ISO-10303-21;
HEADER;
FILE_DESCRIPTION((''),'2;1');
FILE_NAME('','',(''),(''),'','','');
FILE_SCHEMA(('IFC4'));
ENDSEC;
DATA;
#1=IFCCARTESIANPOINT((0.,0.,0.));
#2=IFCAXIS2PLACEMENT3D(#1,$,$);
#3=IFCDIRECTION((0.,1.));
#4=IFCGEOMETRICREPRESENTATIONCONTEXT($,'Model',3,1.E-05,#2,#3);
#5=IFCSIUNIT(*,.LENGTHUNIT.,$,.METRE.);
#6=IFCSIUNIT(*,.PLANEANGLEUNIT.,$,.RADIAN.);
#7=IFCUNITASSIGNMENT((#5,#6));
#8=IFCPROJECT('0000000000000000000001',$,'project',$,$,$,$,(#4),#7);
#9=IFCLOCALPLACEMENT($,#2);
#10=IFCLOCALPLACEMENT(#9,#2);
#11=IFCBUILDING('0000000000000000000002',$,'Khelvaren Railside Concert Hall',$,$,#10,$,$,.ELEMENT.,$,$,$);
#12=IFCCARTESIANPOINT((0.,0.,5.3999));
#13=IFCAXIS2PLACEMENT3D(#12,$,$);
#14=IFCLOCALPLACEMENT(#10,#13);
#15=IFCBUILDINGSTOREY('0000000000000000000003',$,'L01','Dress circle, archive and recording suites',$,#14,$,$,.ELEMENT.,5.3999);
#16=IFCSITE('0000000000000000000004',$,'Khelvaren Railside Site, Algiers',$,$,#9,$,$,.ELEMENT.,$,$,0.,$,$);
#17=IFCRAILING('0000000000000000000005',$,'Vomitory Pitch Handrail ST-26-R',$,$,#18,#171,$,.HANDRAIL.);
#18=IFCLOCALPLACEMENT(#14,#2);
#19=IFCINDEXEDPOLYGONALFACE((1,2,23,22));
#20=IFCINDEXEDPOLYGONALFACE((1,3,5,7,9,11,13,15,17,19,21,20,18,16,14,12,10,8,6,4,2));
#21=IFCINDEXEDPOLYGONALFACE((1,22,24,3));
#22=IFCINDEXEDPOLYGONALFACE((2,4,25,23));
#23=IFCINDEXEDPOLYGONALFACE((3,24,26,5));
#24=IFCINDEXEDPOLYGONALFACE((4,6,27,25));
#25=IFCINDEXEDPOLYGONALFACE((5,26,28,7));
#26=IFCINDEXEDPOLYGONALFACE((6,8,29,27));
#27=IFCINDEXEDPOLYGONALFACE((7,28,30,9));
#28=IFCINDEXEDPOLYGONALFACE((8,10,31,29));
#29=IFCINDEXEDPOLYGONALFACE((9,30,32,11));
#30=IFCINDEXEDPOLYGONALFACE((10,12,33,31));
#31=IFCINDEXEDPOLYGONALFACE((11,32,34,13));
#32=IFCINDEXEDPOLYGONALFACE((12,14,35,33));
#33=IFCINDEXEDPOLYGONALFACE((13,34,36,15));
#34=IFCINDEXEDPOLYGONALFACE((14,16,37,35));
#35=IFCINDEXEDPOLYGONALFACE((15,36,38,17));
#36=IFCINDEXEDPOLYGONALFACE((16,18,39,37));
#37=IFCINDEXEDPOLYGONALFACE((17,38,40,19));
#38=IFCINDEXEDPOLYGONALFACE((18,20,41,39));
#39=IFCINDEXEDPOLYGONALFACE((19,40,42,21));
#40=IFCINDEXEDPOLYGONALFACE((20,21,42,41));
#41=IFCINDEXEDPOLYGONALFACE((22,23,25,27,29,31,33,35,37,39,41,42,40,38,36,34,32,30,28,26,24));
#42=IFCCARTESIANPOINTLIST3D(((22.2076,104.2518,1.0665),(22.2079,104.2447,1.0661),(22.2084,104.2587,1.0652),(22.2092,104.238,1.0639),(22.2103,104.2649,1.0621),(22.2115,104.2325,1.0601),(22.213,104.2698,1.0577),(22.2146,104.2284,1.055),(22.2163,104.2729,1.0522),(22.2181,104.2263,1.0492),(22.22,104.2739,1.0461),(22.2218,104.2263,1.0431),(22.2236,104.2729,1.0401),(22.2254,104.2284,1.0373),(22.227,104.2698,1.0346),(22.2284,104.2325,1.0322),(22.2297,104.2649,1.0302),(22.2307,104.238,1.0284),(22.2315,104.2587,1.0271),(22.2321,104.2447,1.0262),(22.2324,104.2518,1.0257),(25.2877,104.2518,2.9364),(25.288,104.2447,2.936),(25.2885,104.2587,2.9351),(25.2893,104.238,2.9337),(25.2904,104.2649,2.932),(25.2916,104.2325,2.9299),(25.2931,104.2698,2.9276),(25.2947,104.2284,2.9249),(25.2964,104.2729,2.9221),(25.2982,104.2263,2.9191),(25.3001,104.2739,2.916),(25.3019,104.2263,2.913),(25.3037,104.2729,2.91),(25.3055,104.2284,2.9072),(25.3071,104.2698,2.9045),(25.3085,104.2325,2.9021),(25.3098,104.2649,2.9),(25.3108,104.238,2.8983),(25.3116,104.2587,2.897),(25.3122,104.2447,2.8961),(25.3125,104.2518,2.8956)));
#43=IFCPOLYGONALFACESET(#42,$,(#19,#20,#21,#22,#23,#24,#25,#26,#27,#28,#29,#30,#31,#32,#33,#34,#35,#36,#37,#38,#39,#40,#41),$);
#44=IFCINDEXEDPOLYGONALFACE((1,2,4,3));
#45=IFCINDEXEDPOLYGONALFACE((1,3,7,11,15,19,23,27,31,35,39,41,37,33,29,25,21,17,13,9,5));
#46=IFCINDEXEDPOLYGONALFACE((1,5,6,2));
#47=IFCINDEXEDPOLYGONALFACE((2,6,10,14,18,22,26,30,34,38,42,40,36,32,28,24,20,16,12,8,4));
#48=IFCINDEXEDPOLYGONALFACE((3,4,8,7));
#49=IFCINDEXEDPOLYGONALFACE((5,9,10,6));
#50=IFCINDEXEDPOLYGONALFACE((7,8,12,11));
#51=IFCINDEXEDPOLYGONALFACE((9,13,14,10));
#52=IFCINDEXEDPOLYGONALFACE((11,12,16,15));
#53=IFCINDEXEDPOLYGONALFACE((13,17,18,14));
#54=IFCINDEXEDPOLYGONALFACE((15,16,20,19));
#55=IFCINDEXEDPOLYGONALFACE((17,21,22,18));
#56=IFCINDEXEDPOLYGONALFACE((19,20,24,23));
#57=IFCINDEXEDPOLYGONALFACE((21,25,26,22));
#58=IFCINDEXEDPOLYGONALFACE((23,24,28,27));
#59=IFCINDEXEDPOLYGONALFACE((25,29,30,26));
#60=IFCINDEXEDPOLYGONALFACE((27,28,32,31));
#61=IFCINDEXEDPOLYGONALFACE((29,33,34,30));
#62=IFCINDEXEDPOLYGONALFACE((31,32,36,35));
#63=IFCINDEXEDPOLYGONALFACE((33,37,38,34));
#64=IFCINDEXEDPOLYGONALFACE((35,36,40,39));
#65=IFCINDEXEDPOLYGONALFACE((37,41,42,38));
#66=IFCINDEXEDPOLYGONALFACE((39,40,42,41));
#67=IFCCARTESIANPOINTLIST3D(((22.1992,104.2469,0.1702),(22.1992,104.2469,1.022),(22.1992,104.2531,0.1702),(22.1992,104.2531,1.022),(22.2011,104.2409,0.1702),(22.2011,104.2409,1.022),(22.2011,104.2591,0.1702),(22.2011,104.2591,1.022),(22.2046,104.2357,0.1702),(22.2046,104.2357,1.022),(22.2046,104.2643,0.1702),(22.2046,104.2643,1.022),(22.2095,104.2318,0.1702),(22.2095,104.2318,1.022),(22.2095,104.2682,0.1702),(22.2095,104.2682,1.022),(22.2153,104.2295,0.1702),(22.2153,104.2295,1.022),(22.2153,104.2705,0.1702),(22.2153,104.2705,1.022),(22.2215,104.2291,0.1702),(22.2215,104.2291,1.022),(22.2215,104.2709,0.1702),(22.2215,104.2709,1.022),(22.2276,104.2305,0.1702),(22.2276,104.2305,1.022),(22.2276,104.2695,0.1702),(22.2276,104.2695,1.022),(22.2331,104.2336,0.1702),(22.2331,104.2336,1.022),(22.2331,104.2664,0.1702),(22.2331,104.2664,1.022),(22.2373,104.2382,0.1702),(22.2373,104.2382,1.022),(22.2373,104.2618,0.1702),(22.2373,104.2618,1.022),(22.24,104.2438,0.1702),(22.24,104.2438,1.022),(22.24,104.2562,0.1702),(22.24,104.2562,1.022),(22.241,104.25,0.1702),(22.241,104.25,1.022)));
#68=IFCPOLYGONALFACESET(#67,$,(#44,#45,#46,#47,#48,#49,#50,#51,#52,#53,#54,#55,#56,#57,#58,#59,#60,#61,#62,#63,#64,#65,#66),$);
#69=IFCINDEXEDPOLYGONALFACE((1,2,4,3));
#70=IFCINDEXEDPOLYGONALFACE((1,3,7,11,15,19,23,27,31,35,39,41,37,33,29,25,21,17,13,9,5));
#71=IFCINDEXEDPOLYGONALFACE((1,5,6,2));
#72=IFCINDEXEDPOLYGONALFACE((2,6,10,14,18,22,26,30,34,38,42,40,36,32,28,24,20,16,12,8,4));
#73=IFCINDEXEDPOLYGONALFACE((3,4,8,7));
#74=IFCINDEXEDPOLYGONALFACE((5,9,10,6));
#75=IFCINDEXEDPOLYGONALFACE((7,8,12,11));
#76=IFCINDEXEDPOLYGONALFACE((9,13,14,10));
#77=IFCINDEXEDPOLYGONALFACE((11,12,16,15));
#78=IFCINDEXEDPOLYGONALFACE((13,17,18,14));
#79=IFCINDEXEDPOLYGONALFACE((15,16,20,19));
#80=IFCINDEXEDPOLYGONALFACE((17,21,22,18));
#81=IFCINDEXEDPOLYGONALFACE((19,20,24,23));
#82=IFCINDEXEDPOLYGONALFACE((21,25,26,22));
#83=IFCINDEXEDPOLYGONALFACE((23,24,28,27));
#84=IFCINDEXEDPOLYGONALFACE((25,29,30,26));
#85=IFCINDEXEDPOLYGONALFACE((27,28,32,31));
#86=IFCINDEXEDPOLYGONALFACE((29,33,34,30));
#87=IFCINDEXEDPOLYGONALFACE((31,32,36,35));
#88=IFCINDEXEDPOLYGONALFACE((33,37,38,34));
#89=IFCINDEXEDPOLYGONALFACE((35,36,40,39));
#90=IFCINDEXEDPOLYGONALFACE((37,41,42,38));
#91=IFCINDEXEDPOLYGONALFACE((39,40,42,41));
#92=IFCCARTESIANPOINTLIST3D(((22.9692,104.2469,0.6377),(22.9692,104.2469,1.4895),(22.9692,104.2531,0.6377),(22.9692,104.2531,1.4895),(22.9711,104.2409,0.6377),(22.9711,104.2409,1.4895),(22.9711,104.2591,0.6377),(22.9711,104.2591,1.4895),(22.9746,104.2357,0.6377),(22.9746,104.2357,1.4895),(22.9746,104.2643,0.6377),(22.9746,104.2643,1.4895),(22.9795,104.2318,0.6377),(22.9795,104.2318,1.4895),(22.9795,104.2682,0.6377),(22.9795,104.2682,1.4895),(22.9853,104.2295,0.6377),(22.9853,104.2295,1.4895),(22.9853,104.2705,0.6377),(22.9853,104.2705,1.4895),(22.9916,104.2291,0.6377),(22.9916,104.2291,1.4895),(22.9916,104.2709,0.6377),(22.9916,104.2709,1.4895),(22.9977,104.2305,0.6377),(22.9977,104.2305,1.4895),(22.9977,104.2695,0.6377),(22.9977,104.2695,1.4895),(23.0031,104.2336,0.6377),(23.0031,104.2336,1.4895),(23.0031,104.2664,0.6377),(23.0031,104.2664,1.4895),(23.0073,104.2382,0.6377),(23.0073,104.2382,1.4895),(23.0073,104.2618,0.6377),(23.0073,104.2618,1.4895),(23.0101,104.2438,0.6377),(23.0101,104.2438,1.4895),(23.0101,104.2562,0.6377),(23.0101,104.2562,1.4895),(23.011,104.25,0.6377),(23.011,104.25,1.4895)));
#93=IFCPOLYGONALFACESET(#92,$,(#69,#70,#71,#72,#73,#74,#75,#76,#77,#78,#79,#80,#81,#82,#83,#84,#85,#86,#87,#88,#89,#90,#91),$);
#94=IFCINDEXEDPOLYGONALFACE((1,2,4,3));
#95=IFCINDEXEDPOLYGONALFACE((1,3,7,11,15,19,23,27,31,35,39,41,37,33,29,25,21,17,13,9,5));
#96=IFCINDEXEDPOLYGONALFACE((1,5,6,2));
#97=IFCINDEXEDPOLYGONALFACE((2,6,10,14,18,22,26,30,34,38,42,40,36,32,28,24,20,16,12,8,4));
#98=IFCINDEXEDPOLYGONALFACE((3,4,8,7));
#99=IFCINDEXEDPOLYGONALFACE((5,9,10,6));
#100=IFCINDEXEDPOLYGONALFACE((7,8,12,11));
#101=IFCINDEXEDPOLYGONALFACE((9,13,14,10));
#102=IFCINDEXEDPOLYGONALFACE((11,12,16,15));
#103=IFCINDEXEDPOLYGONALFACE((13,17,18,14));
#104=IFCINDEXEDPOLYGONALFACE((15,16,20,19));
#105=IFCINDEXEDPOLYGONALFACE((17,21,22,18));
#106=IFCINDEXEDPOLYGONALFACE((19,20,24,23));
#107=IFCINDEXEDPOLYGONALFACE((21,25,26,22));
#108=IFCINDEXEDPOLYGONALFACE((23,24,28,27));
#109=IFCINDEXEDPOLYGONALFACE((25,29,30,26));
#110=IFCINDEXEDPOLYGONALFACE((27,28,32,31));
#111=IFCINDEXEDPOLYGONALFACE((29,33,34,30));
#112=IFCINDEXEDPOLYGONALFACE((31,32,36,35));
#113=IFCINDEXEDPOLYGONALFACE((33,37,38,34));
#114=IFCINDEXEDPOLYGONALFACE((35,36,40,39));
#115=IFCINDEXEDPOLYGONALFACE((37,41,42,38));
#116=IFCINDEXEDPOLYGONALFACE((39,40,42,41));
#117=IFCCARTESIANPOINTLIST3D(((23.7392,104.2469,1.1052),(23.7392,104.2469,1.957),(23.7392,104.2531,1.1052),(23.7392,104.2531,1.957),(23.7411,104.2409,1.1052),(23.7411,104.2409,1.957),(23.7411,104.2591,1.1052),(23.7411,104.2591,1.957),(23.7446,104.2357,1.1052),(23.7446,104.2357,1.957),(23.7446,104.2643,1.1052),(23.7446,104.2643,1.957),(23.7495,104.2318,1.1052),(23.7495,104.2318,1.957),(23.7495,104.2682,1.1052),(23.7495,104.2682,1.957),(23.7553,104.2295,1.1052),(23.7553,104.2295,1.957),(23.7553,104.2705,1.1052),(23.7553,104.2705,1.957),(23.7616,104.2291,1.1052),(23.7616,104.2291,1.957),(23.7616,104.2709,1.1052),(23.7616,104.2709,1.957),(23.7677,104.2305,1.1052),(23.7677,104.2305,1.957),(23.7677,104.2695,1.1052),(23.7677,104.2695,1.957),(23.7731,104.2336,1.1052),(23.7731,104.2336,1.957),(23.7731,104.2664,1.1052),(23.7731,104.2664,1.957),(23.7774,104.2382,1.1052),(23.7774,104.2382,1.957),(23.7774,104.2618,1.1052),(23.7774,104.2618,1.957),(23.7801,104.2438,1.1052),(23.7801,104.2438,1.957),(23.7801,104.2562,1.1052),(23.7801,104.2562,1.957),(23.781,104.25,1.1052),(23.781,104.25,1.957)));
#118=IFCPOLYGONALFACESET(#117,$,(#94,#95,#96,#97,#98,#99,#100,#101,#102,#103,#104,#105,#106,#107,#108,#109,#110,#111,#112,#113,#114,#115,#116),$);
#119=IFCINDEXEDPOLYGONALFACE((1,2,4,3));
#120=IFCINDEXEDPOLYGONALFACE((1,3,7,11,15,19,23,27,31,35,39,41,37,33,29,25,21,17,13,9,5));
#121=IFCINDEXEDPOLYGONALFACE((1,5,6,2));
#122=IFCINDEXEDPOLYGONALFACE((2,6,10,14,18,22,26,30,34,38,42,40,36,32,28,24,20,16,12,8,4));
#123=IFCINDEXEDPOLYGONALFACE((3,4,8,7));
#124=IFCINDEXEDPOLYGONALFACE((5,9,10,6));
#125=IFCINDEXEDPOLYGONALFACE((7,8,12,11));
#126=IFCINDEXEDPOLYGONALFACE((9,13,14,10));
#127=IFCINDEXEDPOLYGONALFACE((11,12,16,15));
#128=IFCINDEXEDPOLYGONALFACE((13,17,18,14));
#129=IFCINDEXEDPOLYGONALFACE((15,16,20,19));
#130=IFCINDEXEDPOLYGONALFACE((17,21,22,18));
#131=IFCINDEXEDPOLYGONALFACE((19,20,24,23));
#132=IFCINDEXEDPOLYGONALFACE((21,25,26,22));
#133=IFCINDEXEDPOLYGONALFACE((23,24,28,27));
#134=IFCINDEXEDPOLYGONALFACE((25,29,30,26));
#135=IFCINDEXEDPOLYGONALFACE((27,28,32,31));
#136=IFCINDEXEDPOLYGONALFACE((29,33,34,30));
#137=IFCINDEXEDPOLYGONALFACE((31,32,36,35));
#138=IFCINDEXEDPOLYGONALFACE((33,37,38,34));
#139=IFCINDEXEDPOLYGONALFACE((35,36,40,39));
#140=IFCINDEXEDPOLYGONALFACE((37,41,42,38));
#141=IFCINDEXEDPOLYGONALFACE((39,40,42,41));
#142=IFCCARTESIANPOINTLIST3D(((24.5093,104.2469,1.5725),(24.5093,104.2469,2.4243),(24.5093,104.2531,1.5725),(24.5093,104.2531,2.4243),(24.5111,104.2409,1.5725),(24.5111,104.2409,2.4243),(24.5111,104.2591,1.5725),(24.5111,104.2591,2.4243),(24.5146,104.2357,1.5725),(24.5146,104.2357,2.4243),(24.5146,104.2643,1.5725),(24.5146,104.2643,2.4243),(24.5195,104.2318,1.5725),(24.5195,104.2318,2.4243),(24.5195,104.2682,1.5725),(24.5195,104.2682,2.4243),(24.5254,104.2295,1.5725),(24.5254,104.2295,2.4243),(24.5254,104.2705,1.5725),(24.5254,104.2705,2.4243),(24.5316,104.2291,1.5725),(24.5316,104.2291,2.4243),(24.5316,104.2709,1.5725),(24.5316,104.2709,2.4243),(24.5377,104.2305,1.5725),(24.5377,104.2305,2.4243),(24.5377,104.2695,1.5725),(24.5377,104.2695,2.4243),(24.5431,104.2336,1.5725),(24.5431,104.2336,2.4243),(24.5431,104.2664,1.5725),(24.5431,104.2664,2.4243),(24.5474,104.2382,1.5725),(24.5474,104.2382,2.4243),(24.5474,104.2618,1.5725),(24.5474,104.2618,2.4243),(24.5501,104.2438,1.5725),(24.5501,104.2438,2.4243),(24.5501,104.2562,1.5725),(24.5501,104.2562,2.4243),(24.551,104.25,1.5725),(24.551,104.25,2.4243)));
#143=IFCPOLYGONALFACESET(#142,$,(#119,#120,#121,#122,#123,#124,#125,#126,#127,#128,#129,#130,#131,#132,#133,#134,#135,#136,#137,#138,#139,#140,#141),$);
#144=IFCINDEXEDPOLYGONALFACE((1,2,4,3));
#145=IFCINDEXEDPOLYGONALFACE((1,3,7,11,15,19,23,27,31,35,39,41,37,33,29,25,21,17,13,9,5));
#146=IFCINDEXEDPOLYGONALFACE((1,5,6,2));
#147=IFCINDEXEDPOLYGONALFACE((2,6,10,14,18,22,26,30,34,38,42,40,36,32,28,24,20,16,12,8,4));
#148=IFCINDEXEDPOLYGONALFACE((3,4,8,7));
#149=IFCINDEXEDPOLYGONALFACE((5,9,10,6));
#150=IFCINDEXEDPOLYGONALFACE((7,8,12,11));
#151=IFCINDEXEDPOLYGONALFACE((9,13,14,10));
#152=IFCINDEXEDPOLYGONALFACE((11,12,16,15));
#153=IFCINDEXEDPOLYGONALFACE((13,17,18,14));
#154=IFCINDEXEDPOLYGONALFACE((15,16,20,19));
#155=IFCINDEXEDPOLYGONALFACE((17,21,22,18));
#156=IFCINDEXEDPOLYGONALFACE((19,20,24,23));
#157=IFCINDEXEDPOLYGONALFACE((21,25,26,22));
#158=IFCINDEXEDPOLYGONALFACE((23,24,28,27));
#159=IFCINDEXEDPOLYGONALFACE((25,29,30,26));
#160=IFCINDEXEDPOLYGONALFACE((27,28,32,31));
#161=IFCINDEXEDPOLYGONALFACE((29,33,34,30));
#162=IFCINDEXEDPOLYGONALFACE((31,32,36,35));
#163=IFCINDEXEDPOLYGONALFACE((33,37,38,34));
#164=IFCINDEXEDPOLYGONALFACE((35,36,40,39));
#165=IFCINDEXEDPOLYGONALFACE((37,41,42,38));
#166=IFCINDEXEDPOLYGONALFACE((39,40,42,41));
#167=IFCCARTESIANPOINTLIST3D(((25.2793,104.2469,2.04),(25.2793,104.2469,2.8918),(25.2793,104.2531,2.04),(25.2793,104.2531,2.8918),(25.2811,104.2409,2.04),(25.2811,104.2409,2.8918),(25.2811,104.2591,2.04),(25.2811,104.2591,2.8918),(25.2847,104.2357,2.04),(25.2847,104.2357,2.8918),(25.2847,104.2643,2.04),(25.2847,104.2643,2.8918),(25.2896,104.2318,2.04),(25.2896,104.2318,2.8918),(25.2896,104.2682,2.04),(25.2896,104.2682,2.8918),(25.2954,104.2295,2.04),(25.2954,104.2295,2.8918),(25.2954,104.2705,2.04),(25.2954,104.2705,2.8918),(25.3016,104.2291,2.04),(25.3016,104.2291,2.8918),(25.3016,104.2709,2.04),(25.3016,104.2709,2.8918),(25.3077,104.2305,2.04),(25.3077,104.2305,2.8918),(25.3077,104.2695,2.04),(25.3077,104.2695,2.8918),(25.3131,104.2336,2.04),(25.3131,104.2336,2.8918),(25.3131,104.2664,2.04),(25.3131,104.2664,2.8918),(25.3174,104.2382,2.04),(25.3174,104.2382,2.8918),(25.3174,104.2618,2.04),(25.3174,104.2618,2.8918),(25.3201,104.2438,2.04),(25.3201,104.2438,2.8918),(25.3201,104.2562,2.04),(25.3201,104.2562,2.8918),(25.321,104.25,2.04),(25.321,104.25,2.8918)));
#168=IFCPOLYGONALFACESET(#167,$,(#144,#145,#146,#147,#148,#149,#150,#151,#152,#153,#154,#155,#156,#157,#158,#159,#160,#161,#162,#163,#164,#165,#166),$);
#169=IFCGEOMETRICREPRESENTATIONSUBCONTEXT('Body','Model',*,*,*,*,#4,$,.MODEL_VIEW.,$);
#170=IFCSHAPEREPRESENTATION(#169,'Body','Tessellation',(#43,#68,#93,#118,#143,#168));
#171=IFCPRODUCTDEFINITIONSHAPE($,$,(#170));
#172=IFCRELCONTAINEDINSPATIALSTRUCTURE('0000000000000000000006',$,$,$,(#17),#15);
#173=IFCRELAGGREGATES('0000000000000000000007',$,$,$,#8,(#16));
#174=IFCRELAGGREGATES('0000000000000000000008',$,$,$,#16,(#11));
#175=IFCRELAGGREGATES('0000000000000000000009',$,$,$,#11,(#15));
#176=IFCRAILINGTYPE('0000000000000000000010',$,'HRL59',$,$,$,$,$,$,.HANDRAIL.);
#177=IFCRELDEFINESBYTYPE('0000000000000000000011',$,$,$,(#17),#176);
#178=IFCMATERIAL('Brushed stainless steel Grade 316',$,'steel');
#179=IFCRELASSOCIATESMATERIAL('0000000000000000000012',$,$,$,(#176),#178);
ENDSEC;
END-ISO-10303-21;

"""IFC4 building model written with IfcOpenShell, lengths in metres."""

from ifc_helpers import new_model, si_unit, direction, frame, origin, origin_2d, place, context, subcontext, project, spatial, circle, extrude, material, type_object, element, save


model = new_model("IFC4")

# Units and contexts
model_context = context("Model", 3, precision=1e-05, world=origin(), true_north=direction((0.0, 1.0)))
body_context = subcontext(model_context, "Body", "Model", "MODEL_VIEW")
ifc_project = project(units=[si_unit("LENGTHUNIT", "METRE"), si_unit("PLANEANGLEUNIT", "RADIAN")], contexts=[model_context])

# Site, building, storey
site_placement = place(None, origin())
site = spatial("IfcSite", under=ifc_project, at=site_placement, Name="Khelvaren Railside Site, Algiers", CompositionType="ELEMENT", RefElevation=0.0)
building_placement = place(site_placement, origin())
building = spatial("IfcBuilding", under=site, at=building_placement, Name="Khelvaren Railside Concert Hall", CompositionType="ELEMENT")
storey_placement = place(building_placement, frame((0.0, 0.0, 5.3999)))
storey = spatial("IfcBuildingStorey", under=building, at=storey_placement, Name="L01", Description="Dress circle, archive and recording suites", CompositionType="ELEMENT", Elevation=5.3999)

# Railing
ifc_material_1 = material(Name="Brushed stainless steel Grade 316", Category="steel")
railing_type_1 = type_object("IfcRailingType", Name="HRL59", PredefinedType="HANDRAIL", material=ifc_material_1)
for number, where, name in (
    (1, (22.22, 104.25, 0.1702), "Vomitory Pitch Handrail ST-26-R"),
):
    element("IfcRailing", number, at=place(storey_placement, frame(where)), inside=storey, type_object=railing_type_1, Name=name, PredefinedType="HANDRAIL", context=body_context, shape_type="SweptSolid", body=[
        extrude(circle(Radius=0.0239, at=origin_2d()), frame((0.0, 0.0, 0.876), z_axis=(0.854809, 0.0, 0.518943), x_axis=(0.0, 1.0, 0.0)), (0.0, 0.0, 1.0), 3.6033),
        extrude(circle(Radius=0.021, at=origin_2d()), origin(), (0.0, 0.0, 1.0), 0.8518),
        extrude(circle(Radius=0.021, at=origin_2d()), frame((0.77, 0.0, 0.4675)), (0.0, 0.0, 1.0), 0.8518),
        extrude(circle(Radius=0.021, at=origin_2d()), frame((1.54, 0.0, 0.9351)), (0.0, 0.0, 1.0), 0.8518),
        extrude(circle(Radius=0.021, at=origin_2d()), frame((2.3101, 0.0, 1.4023)), (0.0, 0.0, 1.0), 0.8518),
        extrude(circle(Radius=0.021, at=origin_2d()), frame((3.0801, 0.0, 1.8699)), (0.0, 0.0, 1.0), 0.8518),
    ])

save(model, "model.ifc")
